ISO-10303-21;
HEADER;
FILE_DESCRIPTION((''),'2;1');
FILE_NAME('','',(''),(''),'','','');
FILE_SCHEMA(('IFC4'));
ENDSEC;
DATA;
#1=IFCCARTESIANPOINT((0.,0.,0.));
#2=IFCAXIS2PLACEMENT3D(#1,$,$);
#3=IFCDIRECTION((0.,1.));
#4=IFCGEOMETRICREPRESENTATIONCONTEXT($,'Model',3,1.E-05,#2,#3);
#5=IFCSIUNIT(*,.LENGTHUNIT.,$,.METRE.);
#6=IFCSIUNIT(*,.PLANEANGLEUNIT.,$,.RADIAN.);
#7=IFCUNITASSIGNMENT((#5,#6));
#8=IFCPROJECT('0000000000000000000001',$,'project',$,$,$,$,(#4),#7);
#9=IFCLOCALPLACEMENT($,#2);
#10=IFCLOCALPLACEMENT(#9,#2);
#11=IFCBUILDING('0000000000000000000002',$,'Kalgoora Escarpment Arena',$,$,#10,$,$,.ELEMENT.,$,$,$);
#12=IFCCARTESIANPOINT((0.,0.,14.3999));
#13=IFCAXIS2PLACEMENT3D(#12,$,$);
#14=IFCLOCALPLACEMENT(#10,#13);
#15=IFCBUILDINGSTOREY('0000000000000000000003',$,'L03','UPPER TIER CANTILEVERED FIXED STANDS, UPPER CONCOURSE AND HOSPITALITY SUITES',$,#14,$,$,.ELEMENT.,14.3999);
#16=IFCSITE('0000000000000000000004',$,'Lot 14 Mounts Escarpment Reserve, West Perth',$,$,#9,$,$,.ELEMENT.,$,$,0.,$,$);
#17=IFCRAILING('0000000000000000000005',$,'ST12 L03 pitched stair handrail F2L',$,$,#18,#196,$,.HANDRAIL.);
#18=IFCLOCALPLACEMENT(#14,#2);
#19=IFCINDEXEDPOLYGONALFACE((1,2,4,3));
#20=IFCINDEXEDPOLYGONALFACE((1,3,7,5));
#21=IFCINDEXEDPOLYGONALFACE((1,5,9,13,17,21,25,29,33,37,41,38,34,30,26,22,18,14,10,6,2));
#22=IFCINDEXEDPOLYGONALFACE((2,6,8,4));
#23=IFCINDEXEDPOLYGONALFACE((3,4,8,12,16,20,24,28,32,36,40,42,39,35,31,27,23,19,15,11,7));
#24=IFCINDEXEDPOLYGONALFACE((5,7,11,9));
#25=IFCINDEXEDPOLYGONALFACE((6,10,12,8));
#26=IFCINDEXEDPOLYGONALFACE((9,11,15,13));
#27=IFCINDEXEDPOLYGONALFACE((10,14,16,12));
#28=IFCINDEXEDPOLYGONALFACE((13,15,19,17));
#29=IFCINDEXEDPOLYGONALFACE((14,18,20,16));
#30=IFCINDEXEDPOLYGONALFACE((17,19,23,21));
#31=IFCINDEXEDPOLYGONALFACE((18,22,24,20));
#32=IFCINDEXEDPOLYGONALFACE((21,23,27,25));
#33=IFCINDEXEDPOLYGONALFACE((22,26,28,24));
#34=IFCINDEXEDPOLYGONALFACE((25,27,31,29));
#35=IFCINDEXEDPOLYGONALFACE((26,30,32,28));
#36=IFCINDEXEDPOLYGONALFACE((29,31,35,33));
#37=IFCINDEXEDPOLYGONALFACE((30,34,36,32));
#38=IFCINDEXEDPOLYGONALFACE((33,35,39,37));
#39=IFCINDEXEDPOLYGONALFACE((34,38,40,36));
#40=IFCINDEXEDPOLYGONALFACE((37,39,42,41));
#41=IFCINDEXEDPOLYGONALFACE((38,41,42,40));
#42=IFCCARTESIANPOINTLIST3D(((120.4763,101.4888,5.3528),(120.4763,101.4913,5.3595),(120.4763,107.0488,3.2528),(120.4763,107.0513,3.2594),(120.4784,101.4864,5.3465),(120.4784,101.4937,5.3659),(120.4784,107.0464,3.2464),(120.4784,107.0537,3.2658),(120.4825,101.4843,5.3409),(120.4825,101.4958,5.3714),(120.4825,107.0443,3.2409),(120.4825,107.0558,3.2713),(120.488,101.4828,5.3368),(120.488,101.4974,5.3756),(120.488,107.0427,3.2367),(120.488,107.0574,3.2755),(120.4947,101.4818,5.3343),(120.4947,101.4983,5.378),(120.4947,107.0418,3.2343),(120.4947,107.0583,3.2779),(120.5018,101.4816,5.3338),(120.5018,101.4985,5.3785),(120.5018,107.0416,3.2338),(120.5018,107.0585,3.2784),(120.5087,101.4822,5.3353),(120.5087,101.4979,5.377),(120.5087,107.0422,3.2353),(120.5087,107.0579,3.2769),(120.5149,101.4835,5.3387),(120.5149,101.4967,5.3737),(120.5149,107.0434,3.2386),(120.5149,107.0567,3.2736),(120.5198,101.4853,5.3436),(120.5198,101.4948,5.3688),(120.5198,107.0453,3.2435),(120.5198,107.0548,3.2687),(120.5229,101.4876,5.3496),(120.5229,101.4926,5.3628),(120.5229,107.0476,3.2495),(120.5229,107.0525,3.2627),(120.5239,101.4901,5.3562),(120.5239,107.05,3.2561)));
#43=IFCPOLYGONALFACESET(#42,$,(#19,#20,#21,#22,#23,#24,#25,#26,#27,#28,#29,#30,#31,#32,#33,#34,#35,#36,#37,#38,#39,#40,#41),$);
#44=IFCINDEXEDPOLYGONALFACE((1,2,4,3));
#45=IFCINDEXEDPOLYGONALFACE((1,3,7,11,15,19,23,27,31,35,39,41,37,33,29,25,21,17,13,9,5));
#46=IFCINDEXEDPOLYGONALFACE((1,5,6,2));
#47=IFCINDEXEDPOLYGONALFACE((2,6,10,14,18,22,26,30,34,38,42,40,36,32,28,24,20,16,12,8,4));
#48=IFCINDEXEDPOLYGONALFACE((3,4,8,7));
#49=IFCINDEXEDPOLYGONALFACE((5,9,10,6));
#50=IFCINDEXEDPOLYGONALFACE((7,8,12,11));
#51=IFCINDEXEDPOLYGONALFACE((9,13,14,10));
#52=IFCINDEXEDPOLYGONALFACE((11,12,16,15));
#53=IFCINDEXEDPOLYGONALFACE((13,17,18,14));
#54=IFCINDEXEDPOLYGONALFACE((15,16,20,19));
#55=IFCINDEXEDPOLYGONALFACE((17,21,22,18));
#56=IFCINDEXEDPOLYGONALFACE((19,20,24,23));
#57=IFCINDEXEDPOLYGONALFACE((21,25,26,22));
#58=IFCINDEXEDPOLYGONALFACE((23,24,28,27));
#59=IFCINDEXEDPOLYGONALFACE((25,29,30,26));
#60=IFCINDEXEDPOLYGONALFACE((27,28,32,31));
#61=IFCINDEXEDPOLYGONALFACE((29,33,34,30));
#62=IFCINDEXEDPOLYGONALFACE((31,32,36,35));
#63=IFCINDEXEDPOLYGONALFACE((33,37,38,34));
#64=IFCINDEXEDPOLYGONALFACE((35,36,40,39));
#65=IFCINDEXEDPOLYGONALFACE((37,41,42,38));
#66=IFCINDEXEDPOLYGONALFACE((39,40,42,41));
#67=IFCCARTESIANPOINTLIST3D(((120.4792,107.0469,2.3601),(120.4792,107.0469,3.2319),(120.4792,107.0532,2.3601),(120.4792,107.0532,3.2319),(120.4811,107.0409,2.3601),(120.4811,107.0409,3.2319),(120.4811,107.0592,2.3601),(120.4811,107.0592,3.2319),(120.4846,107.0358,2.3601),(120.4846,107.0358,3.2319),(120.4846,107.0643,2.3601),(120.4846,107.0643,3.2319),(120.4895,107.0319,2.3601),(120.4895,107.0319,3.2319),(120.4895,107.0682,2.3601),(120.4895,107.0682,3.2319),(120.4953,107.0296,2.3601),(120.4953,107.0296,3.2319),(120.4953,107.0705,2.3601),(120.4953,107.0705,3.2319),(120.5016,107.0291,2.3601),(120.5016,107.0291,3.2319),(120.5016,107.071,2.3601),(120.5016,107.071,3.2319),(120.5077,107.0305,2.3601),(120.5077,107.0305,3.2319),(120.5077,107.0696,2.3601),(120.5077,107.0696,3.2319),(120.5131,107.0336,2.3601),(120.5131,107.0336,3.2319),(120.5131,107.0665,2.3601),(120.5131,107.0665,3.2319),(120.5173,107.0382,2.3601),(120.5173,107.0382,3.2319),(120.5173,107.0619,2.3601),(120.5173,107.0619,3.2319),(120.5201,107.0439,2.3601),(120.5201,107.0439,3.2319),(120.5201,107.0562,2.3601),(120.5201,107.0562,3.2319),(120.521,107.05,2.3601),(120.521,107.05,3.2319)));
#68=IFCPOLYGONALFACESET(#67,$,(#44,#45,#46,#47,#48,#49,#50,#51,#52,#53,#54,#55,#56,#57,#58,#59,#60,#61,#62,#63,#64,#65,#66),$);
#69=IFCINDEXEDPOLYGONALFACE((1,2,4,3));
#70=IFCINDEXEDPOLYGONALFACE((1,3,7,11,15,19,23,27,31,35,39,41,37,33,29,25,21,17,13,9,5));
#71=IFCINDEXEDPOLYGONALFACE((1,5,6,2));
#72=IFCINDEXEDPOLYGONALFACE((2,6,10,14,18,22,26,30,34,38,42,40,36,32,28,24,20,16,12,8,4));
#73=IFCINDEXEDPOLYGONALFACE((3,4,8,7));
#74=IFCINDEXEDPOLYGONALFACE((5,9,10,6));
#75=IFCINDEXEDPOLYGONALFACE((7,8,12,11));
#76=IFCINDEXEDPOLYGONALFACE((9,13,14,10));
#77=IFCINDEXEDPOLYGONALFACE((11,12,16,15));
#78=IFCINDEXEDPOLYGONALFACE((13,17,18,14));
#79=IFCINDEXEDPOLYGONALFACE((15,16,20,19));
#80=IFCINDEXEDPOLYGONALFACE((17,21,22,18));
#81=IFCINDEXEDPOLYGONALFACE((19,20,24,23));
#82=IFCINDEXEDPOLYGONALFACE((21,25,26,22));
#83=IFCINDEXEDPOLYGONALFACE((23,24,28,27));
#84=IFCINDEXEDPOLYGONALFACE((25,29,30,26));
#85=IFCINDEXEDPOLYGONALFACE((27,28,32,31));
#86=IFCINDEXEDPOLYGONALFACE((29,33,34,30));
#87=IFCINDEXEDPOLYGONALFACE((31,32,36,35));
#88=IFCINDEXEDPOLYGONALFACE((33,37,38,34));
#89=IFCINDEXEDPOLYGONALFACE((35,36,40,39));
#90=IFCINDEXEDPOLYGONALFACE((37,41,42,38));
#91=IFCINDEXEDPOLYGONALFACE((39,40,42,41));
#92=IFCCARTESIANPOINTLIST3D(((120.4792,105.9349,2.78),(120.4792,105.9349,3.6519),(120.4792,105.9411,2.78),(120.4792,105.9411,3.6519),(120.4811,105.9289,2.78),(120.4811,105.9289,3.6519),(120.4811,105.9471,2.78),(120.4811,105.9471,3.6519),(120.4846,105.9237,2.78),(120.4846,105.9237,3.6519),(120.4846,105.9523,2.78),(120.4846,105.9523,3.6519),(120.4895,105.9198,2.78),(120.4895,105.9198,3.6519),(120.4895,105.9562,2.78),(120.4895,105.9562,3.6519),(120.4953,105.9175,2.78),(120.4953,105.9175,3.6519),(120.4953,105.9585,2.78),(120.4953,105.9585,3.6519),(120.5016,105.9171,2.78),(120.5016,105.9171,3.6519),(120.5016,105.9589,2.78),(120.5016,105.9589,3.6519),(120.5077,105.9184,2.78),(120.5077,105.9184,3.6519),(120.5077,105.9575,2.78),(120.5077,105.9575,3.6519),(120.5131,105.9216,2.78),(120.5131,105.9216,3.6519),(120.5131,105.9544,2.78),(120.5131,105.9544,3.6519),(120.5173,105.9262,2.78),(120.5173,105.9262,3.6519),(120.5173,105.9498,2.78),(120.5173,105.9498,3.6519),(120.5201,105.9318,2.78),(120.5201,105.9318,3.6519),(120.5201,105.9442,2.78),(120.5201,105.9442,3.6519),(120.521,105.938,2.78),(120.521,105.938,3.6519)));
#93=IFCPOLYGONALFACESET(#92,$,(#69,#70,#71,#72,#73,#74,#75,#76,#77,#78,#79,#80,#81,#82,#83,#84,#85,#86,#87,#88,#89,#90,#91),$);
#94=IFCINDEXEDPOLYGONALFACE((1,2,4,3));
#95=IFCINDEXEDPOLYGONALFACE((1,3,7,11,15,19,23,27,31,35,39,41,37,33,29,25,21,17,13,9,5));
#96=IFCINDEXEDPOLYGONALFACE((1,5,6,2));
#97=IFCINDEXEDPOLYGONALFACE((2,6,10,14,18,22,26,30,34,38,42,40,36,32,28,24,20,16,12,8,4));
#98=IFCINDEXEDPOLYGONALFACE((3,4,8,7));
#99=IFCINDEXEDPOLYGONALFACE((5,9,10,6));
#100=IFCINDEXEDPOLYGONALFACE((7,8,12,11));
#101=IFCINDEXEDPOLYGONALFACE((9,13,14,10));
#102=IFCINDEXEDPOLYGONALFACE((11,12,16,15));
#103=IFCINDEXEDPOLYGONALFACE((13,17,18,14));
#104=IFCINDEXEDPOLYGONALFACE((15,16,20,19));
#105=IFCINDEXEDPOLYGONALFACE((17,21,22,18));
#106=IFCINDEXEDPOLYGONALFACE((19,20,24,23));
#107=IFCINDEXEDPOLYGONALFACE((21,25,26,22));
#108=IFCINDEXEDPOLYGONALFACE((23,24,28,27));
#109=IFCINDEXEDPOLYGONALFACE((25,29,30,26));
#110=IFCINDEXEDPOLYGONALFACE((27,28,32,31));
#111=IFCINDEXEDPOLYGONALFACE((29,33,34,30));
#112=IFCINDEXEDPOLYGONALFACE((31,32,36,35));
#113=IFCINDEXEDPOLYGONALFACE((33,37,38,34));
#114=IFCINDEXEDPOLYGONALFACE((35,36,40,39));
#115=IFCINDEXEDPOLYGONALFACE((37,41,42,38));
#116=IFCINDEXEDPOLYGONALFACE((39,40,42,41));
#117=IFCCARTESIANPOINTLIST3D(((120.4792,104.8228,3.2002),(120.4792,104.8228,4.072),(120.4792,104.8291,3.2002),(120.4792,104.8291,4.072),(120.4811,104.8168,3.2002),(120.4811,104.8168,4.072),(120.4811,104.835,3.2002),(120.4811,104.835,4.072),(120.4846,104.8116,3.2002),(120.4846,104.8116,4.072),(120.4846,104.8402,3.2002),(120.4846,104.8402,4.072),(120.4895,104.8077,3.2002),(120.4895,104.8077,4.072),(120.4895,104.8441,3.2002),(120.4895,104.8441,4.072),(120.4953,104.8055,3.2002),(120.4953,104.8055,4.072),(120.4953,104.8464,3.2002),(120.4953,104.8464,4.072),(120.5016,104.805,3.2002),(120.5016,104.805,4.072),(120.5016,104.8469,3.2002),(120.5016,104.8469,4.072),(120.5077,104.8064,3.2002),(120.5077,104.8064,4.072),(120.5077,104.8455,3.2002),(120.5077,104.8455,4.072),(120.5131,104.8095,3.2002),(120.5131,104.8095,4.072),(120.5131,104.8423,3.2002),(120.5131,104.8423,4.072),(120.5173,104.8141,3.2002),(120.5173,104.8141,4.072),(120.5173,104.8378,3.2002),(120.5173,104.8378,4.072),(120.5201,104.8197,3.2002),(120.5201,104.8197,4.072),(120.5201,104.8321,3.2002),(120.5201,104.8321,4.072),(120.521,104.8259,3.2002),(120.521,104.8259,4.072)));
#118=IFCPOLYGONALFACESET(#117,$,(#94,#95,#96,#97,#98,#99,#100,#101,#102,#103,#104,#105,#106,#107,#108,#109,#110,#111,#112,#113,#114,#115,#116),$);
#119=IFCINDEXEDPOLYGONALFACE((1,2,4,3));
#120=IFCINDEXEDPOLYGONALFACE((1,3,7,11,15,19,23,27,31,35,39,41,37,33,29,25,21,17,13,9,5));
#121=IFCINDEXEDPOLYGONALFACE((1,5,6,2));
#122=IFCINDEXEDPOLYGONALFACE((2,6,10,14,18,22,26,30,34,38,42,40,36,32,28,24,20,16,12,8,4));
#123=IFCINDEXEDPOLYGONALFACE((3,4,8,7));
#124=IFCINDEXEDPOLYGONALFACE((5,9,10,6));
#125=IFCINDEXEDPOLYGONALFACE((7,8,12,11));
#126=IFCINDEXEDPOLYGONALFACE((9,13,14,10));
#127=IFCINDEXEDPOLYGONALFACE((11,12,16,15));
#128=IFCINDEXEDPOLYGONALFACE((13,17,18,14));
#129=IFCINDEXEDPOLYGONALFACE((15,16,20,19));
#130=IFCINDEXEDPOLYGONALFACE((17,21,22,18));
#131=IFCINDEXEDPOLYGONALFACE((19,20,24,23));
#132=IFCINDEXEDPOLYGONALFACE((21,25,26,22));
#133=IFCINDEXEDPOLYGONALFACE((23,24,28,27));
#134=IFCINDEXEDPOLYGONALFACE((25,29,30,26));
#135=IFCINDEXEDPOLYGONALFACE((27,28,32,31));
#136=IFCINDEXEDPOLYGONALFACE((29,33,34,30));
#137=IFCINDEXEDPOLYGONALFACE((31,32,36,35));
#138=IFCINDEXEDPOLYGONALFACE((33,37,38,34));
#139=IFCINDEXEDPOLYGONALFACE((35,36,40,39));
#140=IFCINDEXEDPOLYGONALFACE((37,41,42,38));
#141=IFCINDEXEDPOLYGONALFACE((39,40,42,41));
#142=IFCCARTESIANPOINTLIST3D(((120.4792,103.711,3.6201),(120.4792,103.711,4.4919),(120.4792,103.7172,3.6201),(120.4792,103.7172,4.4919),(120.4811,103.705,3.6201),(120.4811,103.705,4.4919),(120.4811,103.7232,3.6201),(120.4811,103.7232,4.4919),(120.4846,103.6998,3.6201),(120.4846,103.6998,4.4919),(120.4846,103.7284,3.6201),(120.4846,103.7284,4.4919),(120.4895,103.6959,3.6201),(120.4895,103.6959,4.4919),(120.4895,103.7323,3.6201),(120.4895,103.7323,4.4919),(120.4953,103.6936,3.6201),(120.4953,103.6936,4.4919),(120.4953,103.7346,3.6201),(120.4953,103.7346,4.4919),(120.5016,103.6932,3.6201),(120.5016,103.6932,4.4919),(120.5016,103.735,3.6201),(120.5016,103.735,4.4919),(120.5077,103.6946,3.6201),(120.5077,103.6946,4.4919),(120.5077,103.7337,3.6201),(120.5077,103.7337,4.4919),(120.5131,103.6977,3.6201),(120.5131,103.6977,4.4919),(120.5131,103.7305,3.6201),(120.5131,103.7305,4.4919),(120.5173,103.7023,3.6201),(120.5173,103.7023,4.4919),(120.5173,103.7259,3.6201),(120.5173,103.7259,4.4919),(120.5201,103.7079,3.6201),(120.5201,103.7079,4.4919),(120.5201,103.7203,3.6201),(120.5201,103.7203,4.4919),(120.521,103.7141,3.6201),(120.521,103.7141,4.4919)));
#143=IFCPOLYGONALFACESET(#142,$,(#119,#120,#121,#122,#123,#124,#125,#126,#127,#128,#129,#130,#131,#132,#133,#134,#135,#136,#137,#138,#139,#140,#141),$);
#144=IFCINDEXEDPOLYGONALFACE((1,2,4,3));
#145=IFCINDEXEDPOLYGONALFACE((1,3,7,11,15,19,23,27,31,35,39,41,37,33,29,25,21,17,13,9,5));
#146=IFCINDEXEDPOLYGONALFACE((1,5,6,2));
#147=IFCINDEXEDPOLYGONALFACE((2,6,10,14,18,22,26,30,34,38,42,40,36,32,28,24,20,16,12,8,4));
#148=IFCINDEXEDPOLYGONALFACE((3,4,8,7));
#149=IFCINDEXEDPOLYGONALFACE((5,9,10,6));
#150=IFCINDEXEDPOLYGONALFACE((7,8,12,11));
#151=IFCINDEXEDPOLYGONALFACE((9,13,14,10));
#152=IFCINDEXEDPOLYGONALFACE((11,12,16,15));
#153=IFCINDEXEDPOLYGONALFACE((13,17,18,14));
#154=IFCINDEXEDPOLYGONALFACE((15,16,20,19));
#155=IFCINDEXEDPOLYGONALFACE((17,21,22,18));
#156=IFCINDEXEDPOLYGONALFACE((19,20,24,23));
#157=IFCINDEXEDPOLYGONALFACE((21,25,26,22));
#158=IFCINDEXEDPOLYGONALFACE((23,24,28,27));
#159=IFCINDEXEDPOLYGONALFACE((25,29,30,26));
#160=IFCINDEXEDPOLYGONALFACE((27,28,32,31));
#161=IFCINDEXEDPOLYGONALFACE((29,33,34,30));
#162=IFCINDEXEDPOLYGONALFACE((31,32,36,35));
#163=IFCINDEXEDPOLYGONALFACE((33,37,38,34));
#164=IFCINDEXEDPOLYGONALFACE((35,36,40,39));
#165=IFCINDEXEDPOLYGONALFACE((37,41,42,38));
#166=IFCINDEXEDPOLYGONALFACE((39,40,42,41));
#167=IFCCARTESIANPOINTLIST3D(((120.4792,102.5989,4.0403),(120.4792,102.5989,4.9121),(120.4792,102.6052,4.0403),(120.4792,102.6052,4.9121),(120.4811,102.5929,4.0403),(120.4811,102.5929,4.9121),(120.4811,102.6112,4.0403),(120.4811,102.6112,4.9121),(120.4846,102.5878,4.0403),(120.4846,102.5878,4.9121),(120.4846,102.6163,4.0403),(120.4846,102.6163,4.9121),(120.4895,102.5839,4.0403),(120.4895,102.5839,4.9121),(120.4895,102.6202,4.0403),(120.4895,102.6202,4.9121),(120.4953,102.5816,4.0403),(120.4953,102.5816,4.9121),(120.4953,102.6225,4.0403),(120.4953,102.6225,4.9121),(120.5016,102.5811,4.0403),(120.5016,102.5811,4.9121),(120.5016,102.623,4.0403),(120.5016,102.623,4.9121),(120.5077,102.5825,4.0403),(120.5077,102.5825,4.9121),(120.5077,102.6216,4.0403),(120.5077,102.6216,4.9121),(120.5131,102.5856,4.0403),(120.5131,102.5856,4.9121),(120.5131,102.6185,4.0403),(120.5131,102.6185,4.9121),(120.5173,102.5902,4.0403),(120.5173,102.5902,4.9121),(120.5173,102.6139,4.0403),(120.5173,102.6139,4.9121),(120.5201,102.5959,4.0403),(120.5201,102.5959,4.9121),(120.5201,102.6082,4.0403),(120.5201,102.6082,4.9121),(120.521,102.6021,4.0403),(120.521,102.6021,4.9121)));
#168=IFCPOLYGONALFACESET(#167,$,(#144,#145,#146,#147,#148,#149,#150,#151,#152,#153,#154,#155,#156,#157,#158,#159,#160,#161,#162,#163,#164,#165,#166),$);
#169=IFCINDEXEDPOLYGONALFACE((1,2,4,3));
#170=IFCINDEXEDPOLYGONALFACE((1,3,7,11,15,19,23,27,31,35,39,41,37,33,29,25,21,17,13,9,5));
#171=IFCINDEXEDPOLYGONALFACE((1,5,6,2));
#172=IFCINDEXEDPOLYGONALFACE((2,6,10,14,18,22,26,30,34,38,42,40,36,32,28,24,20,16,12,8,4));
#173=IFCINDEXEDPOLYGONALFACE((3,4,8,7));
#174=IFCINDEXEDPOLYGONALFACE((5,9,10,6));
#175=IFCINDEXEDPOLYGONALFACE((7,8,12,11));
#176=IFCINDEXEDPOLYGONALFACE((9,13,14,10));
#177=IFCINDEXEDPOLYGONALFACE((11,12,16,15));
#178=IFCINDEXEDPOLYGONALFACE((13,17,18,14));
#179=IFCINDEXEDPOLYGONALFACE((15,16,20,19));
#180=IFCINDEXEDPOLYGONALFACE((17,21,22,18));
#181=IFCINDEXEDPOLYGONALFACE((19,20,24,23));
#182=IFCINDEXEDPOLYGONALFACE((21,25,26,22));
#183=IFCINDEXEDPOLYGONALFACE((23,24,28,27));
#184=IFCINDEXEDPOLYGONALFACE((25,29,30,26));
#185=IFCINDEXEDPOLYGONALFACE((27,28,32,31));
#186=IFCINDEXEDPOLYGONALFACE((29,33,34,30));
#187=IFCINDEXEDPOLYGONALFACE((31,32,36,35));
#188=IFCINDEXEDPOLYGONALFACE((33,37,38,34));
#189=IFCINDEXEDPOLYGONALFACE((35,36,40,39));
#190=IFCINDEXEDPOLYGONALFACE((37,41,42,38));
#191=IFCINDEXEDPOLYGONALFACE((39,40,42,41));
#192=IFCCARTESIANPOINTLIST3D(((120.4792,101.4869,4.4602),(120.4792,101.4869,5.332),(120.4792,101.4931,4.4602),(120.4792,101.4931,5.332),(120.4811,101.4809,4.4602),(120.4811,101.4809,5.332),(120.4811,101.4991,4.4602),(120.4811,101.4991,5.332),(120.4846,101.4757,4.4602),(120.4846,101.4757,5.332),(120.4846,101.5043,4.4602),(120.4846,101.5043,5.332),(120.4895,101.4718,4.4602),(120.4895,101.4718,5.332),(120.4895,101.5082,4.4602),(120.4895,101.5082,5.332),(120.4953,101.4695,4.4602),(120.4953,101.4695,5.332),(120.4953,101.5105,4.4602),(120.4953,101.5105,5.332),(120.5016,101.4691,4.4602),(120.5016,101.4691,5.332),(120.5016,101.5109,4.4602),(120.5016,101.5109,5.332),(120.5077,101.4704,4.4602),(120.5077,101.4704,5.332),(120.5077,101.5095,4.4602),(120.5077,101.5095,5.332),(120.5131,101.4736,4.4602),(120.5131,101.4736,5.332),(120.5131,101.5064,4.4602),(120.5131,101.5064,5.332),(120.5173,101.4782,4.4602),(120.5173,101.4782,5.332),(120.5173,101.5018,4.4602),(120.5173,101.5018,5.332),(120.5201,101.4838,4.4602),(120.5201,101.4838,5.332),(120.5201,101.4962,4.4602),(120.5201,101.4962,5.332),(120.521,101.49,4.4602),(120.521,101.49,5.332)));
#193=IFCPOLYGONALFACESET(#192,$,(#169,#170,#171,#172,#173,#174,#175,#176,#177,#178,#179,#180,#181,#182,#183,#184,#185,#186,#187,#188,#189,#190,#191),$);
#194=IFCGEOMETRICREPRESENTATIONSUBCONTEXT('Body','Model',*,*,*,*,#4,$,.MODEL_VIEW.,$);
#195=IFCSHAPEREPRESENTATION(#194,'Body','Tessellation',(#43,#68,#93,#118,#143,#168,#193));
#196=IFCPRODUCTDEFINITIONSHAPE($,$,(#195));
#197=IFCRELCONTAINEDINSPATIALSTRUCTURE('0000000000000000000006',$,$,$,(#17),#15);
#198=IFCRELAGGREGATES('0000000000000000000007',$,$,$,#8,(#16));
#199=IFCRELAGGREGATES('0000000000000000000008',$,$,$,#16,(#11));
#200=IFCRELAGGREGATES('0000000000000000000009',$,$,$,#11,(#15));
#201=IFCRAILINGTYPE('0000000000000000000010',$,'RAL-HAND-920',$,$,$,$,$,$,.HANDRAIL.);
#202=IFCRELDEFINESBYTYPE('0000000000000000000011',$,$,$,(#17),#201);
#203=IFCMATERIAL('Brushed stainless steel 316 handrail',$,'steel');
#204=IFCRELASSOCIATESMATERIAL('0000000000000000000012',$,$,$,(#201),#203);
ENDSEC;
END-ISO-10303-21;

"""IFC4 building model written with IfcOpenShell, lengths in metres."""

from ifc_helpers import new_model, si_unit, direction, frame, origin, origin_2d, place, context, subcontext, project, spatial, circle, extrude, material, type_object, element, save


model = new_model("IFC4")

# Units and contexts
model_context = context("Model", 3, precision=1e-05, world=origin(), true_north=direction((0.0, 1.0)))
body_context = subcontext(model_context, "Body", "Model", "MODEL_VIEW")
ifc_project = project(units=[si_unit("LENGTHUNIT", "METRE"), si_unit("PLANEANGLEUNIT", "RADIAN")], contexts=[model_context])

# Site, building, storey
site_placement = place(None, origin())
site = spatial("IfcSite", under=ifc_project, at=site_placement, Name="Lot 14 Mounts Escarpment Reserve, West Perth", CompositionType="ELEMENT", RefElevation=0.0)
building_placement = place(site_placement, origin())
building = spatial("IfcBuilding", under=site, at=building_placement, Name="Kalgoora Escarpment Arena", CompositionType="ELEMENT")
storey_placement = place(building_placement, frame((0.0, 0.0, 14.3999)))
storey = spatial("IfcBuildingStorey", under=building, at=storey_placement, Name="L03", Description="UPPER TIER CANTILEVERED FIXED STANDS, UPPER CONCOURSE AND HOSPITALITY SUITES", CompositionType="ELEMENT", Elevation=14.3999)

# Railing
ifc_material_1 = material(Name="Brushed stainless steel 316 handrail", Category="steel")
railing_type = type_object("IfcRailingType", Name="RAL-HAND-920", PredefinedType="HANDRAIL", material=ifc_material_1)
for number, where, name in (
    (1, (120.5, 107.05, 2.3601), "ST12 L03 pitched stair handrail F2L"),
):
    element("IfcRailing", number, at=place(storey_placement, frame(where)), inside=storey, type_object=railing_type, Name=name, PredefinedType="HANDRAIL", context=body_context, shape_type="SweptSolid", body=[
        extrude(circle(Radius=0.0239, at=origin_2d()), frame((0.0, 0.0, 0.896), z_axis=(0.0, -0.935493, 0.353346), x_axis=(1.0, 0.0, 0.0)), (0.0, 0.0, 1.0), 5.9434),
        extrude(circle(Radius=0.021, at=origin_2d()), origin(), (0.0, 0.0, 1.0), 0.8718),
        extrude(circle(Radius=0.021, at=origin_2d()), frame((0.0, -1.1121, 0.4199)), (0.0, 0.0, 1.0), 0.8718),
        extrude(circle(Radius=0.021, at=origin_2d()), frame((0.0, -2.2241, 0.8401)), (0.0, 0.0, 1.0), 0.8718),
        extrude(circle(Radius=0.021, at=origin_2d()), frame((0.0, -3.3359, 1.26)), (0.0, 0.0, 1.0), 0.8718),
        extrude(circle(Radius=0.021, at=origin_2d()), frame((0.0, -4.448, 1.6802)), (0.0, 0.0, 1.0), 0.8718),
        extrude(circle(Radius=0.021, at=origin_2d()), frame((0.0, -5.5601, 2.1001)), (0.0, 0.0, 1.0), 0.8718),
    ])

save(model, "model.ifc")
